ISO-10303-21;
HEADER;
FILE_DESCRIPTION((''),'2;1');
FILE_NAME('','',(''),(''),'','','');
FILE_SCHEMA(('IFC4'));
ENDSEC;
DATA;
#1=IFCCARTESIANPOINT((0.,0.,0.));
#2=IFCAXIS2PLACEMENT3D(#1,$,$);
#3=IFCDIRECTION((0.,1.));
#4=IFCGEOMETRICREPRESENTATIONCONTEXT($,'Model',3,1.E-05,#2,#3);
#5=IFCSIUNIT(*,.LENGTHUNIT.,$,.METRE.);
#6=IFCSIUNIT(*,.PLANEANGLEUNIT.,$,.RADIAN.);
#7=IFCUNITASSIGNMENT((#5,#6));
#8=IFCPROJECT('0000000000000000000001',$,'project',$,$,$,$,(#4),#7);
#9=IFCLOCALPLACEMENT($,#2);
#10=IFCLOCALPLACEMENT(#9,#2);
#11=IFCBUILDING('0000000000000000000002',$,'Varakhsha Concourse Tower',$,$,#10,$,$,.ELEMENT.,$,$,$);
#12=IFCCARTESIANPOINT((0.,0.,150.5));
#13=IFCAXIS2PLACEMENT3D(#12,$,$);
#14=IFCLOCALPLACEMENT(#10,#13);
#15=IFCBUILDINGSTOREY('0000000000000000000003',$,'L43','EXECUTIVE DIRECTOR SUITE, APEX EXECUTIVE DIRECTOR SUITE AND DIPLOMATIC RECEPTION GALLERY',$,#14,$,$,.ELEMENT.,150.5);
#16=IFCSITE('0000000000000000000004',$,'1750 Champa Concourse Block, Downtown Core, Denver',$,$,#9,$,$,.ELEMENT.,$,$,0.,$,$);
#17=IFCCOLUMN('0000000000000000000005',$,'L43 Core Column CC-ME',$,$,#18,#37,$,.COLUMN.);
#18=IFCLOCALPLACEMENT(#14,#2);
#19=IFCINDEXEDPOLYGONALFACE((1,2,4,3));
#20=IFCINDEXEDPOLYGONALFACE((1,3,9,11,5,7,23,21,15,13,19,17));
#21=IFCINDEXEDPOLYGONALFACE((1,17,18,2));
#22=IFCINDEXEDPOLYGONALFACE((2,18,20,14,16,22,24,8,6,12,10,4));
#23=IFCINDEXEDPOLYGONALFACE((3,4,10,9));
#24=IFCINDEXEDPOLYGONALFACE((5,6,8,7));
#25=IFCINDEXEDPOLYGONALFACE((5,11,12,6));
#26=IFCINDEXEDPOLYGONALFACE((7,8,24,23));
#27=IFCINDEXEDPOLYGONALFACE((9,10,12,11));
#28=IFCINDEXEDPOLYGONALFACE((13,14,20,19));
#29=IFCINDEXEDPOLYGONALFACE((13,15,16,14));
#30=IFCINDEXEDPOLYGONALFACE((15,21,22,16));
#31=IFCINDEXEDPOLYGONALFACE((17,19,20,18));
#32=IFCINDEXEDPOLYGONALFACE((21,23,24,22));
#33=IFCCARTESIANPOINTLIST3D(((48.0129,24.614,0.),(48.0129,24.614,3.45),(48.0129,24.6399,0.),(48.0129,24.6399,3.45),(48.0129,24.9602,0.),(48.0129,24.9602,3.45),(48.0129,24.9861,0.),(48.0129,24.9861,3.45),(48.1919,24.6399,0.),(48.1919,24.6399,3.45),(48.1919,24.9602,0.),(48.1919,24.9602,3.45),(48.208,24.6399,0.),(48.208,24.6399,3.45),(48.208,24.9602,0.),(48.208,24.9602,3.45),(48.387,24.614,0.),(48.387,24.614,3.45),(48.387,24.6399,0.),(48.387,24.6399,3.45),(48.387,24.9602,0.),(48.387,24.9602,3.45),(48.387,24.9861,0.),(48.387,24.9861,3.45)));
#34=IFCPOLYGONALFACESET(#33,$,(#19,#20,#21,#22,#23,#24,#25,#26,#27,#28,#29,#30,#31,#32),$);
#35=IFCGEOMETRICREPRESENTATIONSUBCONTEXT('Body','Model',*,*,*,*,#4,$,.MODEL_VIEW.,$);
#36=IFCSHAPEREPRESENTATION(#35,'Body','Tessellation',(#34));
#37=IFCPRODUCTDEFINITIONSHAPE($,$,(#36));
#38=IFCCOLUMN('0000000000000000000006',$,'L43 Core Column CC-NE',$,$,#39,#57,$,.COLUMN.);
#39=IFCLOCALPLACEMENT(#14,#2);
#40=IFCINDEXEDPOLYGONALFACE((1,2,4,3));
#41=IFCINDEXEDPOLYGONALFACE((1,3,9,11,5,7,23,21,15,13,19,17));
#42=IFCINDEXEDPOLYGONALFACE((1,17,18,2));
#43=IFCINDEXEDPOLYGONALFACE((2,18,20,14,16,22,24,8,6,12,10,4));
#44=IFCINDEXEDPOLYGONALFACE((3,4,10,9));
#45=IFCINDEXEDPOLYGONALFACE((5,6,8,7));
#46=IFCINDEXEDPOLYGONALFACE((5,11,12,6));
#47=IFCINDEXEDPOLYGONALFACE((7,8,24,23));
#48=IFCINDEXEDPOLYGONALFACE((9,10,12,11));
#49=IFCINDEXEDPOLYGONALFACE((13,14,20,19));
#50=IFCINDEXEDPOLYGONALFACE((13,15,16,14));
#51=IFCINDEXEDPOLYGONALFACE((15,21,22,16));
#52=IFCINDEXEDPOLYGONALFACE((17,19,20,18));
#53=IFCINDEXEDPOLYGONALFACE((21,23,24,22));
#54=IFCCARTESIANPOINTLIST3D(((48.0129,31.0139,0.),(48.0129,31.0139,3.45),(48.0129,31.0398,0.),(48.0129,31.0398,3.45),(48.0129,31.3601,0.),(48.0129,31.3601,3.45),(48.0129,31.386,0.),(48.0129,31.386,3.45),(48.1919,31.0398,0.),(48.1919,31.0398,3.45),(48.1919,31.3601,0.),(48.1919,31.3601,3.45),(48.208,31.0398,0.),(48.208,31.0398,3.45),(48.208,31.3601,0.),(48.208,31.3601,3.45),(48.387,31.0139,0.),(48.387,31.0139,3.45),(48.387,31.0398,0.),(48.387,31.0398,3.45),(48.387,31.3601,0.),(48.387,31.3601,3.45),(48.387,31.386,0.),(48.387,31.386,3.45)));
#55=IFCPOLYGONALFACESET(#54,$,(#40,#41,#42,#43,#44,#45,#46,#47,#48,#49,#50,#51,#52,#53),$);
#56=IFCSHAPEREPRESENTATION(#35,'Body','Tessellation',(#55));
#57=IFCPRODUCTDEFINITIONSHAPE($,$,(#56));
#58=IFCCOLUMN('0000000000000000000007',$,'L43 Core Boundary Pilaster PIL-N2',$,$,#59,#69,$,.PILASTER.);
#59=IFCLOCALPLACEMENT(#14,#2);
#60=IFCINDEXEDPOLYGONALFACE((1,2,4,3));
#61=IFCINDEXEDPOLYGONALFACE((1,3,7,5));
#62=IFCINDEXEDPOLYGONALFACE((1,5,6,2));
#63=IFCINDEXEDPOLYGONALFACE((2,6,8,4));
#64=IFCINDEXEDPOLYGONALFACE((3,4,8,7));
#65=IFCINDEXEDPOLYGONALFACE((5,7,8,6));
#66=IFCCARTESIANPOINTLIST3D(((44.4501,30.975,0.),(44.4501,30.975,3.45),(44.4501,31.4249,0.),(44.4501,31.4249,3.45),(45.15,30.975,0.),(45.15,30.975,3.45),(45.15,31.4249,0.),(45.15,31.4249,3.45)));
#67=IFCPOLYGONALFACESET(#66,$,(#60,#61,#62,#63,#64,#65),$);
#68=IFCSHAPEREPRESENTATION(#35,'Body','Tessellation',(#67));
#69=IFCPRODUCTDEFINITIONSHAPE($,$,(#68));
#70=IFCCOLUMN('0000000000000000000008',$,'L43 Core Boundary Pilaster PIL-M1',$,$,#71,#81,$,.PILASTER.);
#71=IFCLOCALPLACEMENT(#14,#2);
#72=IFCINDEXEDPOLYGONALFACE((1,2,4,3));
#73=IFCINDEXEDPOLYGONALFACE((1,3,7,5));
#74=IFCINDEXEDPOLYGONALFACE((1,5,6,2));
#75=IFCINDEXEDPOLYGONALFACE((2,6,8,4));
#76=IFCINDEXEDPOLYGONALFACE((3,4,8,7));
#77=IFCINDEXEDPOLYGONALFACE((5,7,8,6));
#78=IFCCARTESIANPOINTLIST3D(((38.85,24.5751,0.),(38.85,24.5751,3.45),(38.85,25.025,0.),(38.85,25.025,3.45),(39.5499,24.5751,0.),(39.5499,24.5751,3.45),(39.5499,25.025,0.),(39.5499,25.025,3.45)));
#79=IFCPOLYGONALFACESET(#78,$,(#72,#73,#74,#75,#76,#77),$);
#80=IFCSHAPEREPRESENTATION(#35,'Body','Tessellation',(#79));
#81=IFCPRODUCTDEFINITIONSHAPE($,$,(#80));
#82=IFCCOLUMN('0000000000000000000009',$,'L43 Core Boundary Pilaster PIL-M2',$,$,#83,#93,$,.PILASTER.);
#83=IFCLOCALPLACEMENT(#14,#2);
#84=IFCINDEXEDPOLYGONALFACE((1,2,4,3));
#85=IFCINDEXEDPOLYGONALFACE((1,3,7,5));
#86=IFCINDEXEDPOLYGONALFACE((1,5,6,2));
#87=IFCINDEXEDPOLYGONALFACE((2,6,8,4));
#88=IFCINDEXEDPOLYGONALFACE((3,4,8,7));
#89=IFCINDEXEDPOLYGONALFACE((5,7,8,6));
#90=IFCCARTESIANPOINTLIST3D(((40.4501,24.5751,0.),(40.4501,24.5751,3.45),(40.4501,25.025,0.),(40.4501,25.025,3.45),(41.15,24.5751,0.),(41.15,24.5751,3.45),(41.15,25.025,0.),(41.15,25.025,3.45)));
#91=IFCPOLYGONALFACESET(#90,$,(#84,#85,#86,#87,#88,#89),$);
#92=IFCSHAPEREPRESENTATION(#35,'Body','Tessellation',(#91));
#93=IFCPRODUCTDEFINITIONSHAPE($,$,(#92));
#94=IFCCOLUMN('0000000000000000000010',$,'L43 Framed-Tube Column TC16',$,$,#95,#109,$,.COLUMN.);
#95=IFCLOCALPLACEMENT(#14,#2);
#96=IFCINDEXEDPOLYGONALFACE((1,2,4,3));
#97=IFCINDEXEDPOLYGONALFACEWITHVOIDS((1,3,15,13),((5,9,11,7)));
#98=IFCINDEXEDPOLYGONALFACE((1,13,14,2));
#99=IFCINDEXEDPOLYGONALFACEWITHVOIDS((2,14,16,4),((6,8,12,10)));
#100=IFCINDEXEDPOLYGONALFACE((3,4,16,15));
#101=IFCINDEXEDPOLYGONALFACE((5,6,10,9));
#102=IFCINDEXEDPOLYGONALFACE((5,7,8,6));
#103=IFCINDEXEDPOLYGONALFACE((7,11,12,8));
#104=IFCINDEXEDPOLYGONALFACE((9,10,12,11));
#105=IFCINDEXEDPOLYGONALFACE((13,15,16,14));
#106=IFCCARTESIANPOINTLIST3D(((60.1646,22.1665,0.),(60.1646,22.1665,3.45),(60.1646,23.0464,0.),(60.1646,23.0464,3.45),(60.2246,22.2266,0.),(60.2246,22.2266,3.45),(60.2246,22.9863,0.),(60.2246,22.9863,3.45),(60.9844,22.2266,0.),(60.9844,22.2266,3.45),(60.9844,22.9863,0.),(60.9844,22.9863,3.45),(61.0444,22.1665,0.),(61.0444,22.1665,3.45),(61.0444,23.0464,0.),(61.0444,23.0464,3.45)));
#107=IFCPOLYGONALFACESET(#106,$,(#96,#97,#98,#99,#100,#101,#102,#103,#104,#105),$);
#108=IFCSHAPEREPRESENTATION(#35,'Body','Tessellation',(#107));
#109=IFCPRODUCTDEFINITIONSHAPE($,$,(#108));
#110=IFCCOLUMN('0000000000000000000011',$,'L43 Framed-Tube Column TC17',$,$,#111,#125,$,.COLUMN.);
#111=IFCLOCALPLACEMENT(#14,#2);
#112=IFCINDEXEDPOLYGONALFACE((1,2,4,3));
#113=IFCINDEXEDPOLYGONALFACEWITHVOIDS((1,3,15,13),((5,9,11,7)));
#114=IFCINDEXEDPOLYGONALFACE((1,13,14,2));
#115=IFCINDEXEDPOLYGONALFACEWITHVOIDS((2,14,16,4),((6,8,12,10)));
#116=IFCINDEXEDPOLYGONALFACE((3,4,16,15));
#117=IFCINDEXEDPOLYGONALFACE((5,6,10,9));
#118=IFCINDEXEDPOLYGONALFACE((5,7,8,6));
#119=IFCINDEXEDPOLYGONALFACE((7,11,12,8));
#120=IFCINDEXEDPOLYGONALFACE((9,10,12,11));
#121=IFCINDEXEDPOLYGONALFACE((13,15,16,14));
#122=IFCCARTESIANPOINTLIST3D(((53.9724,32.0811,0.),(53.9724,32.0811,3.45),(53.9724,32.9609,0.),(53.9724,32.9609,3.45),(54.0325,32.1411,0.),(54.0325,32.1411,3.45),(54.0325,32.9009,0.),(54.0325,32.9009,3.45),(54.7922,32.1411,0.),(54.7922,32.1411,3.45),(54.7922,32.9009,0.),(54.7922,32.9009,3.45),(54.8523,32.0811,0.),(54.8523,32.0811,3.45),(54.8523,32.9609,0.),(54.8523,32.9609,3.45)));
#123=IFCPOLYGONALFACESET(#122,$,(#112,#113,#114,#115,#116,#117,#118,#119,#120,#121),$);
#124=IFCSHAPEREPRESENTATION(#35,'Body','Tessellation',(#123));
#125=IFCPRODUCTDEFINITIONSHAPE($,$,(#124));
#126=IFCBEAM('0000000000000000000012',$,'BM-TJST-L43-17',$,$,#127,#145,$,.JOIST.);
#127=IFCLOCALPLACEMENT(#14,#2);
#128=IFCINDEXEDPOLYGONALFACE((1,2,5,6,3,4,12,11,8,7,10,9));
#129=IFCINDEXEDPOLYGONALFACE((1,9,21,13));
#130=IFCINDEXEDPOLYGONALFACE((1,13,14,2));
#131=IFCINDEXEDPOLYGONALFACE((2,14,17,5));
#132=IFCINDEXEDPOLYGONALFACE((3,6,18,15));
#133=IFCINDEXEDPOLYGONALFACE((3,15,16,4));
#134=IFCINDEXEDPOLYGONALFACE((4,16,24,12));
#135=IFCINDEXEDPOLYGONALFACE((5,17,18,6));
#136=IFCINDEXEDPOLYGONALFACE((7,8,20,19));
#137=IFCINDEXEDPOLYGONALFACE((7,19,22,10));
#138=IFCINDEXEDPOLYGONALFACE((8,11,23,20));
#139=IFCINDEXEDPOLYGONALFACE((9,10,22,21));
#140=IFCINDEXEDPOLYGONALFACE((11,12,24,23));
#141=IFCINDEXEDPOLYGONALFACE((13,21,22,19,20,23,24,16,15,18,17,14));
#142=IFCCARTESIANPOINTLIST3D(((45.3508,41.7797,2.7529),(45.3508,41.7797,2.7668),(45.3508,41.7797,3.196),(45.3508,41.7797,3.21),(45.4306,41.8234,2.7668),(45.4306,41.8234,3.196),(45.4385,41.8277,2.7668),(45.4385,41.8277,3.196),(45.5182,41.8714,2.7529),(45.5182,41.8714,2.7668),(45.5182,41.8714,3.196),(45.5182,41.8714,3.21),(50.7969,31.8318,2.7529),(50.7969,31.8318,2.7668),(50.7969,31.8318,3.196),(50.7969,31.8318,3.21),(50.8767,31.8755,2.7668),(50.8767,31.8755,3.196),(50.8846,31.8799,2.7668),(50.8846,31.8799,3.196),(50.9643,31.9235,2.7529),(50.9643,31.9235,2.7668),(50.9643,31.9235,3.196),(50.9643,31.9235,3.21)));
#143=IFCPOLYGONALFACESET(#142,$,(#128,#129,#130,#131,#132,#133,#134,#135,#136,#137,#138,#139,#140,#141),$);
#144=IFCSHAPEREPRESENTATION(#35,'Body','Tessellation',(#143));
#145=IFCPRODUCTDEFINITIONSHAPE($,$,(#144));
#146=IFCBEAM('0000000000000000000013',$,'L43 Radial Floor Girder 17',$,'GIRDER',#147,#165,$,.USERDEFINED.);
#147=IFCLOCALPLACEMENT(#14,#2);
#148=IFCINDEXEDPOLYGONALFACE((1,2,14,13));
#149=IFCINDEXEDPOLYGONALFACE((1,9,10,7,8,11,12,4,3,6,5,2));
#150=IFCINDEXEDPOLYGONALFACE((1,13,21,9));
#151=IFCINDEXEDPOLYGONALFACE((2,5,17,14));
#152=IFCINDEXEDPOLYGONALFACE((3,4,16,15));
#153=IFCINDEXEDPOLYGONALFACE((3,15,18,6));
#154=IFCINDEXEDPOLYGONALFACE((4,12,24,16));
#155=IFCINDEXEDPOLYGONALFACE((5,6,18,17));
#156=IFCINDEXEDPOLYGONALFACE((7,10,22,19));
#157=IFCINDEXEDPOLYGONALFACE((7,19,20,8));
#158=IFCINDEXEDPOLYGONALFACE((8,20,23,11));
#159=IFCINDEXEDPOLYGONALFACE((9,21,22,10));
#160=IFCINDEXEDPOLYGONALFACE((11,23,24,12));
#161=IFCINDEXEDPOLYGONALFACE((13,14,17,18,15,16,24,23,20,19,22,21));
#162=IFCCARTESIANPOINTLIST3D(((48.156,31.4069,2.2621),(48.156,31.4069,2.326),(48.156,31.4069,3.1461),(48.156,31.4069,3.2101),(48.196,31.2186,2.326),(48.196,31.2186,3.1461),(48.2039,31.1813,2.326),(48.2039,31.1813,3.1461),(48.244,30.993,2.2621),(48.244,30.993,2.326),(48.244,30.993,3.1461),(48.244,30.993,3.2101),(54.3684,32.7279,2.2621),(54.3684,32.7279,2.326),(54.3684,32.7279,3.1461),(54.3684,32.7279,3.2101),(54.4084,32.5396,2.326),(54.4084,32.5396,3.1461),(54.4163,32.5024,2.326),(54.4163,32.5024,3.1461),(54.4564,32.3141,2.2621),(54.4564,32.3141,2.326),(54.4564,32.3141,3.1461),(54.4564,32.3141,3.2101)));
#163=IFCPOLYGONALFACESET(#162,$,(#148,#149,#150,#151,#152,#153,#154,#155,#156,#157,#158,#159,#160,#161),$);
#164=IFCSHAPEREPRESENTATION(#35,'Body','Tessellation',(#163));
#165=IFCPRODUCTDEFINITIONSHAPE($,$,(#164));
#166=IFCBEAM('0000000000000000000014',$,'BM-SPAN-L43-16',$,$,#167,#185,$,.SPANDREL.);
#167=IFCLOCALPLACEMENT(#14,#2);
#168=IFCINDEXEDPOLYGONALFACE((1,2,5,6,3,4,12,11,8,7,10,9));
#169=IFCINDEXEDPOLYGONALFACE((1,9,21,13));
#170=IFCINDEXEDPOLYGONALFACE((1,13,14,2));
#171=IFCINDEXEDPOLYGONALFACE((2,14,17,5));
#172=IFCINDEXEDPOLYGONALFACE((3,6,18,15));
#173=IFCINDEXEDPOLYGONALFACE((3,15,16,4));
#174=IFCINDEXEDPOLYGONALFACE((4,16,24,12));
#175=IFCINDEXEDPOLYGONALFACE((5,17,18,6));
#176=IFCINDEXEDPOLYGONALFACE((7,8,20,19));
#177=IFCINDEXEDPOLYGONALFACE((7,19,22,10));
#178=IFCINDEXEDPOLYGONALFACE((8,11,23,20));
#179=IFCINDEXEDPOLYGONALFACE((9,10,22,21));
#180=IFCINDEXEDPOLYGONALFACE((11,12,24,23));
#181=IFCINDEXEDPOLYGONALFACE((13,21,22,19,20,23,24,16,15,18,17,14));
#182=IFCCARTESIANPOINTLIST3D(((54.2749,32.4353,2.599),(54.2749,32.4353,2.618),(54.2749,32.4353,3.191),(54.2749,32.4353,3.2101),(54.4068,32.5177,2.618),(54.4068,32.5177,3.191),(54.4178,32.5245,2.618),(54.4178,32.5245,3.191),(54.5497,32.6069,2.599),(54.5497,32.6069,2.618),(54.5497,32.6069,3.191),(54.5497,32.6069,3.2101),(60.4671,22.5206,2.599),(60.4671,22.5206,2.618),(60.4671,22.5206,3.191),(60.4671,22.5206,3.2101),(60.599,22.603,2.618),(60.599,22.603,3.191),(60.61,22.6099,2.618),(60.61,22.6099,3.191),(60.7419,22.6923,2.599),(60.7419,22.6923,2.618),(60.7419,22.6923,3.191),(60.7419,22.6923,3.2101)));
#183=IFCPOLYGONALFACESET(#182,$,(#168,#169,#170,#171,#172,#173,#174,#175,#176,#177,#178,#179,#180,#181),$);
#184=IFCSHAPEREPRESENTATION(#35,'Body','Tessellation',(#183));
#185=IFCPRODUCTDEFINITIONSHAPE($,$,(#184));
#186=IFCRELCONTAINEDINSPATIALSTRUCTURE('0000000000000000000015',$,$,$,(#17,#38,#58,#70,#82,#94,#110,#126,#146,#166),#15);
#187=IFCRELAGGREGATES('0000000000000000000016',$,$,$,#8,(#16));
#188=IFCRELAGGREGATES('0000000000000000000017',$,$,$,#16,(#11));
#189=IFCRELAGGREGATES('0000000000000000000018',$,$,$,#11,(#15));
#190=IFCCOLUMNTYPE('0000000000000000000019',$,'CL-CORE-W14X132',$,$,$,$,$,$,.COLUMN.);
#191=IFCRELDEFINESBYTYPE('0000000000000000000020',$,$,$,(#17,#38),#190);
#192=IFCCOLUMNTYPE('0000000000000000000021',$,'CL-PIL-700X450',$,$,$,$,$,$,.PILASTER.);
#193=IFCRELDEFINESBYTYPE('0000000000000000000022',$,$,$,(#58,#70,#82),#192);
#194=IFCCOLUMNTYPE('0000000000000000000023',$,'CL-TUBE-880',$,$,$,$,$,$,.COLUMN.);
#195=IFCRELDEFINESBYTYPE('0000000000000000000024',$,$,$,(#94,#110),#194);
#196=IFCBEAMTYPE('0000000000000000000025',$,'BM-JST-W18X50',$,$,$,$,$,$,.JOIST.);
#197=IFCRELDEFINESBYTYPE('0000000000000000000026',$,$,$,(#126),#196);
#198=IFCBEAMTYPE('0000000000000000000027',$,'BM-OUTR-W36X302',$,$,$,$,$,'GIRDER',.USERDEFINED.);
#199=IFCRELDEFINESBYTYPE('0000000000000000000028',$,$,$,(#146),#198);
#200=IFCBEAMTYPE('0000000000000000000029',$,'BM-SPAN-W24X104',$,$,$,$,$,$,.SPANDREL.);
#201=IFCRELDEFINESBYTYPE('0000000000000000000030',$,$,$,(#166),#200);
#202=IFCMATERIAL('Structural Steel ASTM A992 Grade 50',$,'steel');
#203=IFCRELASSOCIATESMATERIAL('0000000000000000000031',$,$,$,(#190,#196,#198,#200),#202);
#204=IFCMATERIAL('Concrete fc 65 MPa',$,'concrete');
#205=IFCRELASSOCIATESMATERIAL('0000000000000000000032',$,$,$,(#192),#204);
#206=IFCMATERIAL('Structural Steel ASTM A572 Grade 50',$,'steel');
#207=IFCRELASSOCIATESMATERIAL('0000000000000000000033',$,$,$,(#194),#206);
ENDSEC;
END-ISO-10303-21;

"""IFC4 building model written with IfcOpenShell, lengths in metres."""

from ifc_helpers import new_model, si_unit, direction, frame, origin, origin_2d, place, context, subcontext, project, spatial, rectangle, hollow_rectangle, i_section, extrude, material, material_profile, profile_set, type_object, element, save


model = new_model("IFC4")

# Units and contexts
model_context = context("Model", 3, precision=1e-05, world=origin(), true_north=direction((0.0, 1.0)))
body_context = subcontext(model_context, "Body", "Model", "MODEL_VIEW")
ifc_project = project(units=[si_unit("LENGTHUNIT", "METRE"), si_unit("PLANEANGLEUNIT", "RADIAN")], contexts=[model_context])

# Site, building, storey
site_placement = place(None, origin())
site = spatial("IfcSite", under=ifc_project, at=site_placement, Name="1750 Champa Concourse Block, Downtown Core, Denver", CompositionType="ELEMENT", RefElevation=0.0)
building_placement = place(site_placement, origin())
building = spatial("IfcBuilding", under=site, at=building_placement, Name="Varakhsha Concourse Tower", CompositionType="ELEMENT")
storey_placement = place(building_placement, frame((0.0, 0.0, 150.5)))
storey = spatial("IfcBuildingStorey", under=building, at=storey_placement, Name="L43", Description="EXECUTIVE DIRECTOR SUITE, APEX EXECUTIVE DIRECTOR SUITE AND DIPLOMATIC RECEPTION GALLERY", CompositionType="ELEMENT", Elevation=150.5)

# Columns
ifc_material_1 = material(Name="Structural Steel ASTM A992 Grade 50", Category="steel")
ifc_material_profile_1 = material_profile(ifc_material_1, i_section(OverallWidth=0.374, OverallDepth=0.3721, WebThickness=0.0161, FlangeThickness=0.0259, at=origin_2d()), Name="W14X132")
ifc_profile_set_1 = profile_set([ifc_material_profile_1], Name="Structural Steel ASTM A992 Grade 50")
column_type_1 = type_object("IfcColumnType", Name="CL-CORE-W14X132", PredefinedType="COLUMN", material=ifc_profile_set_1)
for number, where, z_axis, x_axis, name in (
    (1, (48.2, 24.8, 0.0), (0.0, 0.0, 1.0), (1.0, 0.0, 0.0), "L43 Core Column CC-ME"),
    (2, (48.2, 31.2, 0.0), (0.0, 0.0, 1.0), (1.0, 0.0, 0.0), "L43 Core Column CC-NE"),
):
    element("IfcColumn", number, at=place(storey_placement, frame(where, z_axis=z_axis, x_axis=x_axis)), inside=storey, type_object=column_type_1, Name=name, PredefinedType="COLUMN", context=body_context, shape_type="SweptSolid", body=[
        extrude(i_section(OverallWidth=0.374, OverallDepth=0.3721, WebThickness=0.0161, FlangeThickness=0.0259, at=origin_2d()), origin(), (0.0, 0.0, 1.0), 3.45),
    ])
ifc_material_2 = material(Name="Concrete fc 65 MPa", Category="concrete")
ifc_material_profile_2 = material_profile(ifc_material_2, rectangle(XDim=0.7, YDim=0.45, at=origin_2d()), Name="RC 700x450")
ifc_profile_set_2 = profile_set([ifc_material_profile_2], Name="Concrete fc 65 MPa")
column_type_2 = type_object("IfcColumnType", Name="CL-PIL-700X450", PredefinedType="PILASTER", material=ifc_profile_set_2)
for number, where, z_axis, x_axis, name in (
    (3, (44.8, 31.2, 0.0), (0.0, 0.0, 1.0), (1.0, 0.0, 0.0), "L43 Core Boundary Pilaster PIL-N2"),
    (4, (39.2, 24.8, 0.0), (0.0, 0.0, 1.0), (1.0, 0.0, 0.0), "L43 Core Boundary Pilaster PIL-M1"),
    (5, (40.8, 24.8, 0.0), (0.0, 0.0, 1.0), (1.0, 0.0, 0.0), "L43 Core Boundary Pilaster PIL-M2"),
):
    element("IfcColumn", number, at=place(storey_placement, frame(where, z_axis=z_axis, x_axis=x_axis)), inside=storey, type_object=column_type_2, Name=name, PredefinedType="PILASTER", context=body_context, shape_type="SweptSolid", body=[
        extrude(rectangle(XDim=0.7, YDim=0.45, at=origin_2d()), origin(), (0.0, 0.0, 1.0), 3.45),
    ])
ifc_material_3 = material(Name="Structural Steel ASTM A572 Grade 50", Category="steel")
ifc_material_profile_3 = material_profile(ifc_material_3, hollow_rectangle(XDim=0.8799, YDim=0.8799, WallThickness=0.0601, at=origin_2d()), Name="BOX 880x880x60")
ifc_profile_set_3 = profile_set([ifc_material_profile_3], Name="Structural Steel ASTM A572 Grade 50")
column_type_3 = type_object("IfcColumnType", Name="CL-TUBE-880", PredefinedType="COLUMN", material=ifc_profile_set_3)
for number, where, z_axis, x_axis, name in (
    (6, (60.6045, 22.6064, 0.0), (0.0, 0.0, 1.0), (1.0, 0.0, 0.0), "L43 Framed-Tube Column TC16"),
    (7, (54.4124, 32.521, 0.0), (0.0, 0.0, 1.0), (1.0, 0.0, 0.0), "L43 Framed-Tube Column TC17"),
):
    element("IfcColumn", number, at=place(storey_placement, frame(where, z_axis=z_axis, x_axis=x_axis)), inside=storey, type_object=column_type_3, Name=name, PredefinedType="COLUMN", context=body_context, shape_type="SweptSolid", body=[
        extrude(hollow_rectangle(XDim=0.8799, YDim=0.8799, WallThickness=0.0601, at=origin_2d()), origin(), (0.0, 0.0, 1.0), 3.45),
    ])

# Beams
ifc_material_profile_4 = material_profile(ifc_material_1, i_section(OverallWidth=0.1909, OverallDepth=0.457, WebThickness=0.009, FlangeThickness=0.0139, at=origin_2d()), Name="W18X50")
ifc_profile_set_4 = profile_set([ifc_material_profile_4], Name="Structural Steel ASTM A992 Grade 50")
beam_type_1 = type_object("IfcBeamType", Name="BM-JST-W18X50", PredefinedType="JOIST", material=ifc_profile_set_4)
beam_1_placement = place(storey_placement, frame((50.8806, 31.8777, 2.9814), z_axis=(-0.480211, 0.877153, 0.0), x_axis=(-0.877153, -0.480211, 0.0)))
element("IfcBeam", 8, at=beam_1_placement, inside=storey, type_object=beam_type_1, Name="BM-TJST-L43-17", PredefinedType="JOIST", context=body_context, shape_type="SweptSolid", body=[
    extrude(i_section(OverallWidth=0.1909, OverallDepth=0.457, WebThickness=0.009, FlangeThickness=0.0139, at=origin_2d()), origin(), (0.0, 0.0, 1.0), 11.3411),
])
ifc_material_profile_5 = material_profile(ifc_material_1, i_section(OverallWidth=0.4231, OverallDepth=0.948, WebThickness=0.0381, FlangeThickness=0.064, at=origin_2d()), Name="W36X302")
ifc_profile_set_5 = profile_set([ifc_material_profile_5], Name="Structural Steel ASTM A992 Grade 50")
beam_type_2 = type_object("IfcBeamType", Name="BM-OUTR-W36X302", ElementType="GIRDER", PredefinedType="USERDEFINED", material=ifc_profile_set_5)
beam_2_placement = place(storey_placement, frame((48.2, 31.2, 2.7361), z_axis=(0.97813, 0.207996, 0.0), x_axis=(-0.207996, 0.97813, 0.0)))
element("IfcBeam", 9, at=beam_2_placement, inside=storey, type_object=beam_type_2, Name="L43 Radial Floor Girder 17", ObjectType="GIRDER", PredefinedType="USERDEFINED", context=body_context, shape_type="SweptSolid", body=[
    extrude(i_section(OverallWidth=0.4231, OverallDepth=0.948, WebThickness=0.0381, FlangeThickness=0.064, at=origin_2d()), origin(), (0.0, 0.0, 1.0), 6.3513),
])
ifc_material_profile_6 = material_profile(ifc_material_1, i_section(OverallWidth=0.324, OverallDepth=0.6111, WebThickness=0.0129, FlangeThickness=0.019, at=origin_2d()), Name="W24X104")
ifc_profile_set_6 = profile_set([ifc_material_profile_6], Name="Structural Steel ASTM A992 Grade 50")
beam_type_3 = type_object("IfcBeamType", Name="BM-SPAN-W24X104", PredefinedType="SPANDREL", material=ifc_profile_set_6)
for number, where, z_axis, x_axis, name in (
    (10, (60.6045, 22.6064, 2.9045), (-0.529725, 0.84817, 0.0), (-0.84817, -0.529725, 0.0), "BM-SPAN-L43-16"),
):
    element("IfcBeam", number, at=place(storey_placement, frame(where, z_axis=z_axis, x_axis=x_axis)), inside=storey, type_object=beam_type_3, Name=name, PredefinedType="SPANDREL", context=body_context, shape_type="SweptSolid", body=[
        extrude(i_section(OverallWidth=0.324, OverallDepth=0.6111, WebThickness=0.0129, FlangeThickness=0.019, at=origin_2d()), origin(), (0.0, 0.0, 1.0), 11.6895),
    ])

save(model, "model.ifc")
